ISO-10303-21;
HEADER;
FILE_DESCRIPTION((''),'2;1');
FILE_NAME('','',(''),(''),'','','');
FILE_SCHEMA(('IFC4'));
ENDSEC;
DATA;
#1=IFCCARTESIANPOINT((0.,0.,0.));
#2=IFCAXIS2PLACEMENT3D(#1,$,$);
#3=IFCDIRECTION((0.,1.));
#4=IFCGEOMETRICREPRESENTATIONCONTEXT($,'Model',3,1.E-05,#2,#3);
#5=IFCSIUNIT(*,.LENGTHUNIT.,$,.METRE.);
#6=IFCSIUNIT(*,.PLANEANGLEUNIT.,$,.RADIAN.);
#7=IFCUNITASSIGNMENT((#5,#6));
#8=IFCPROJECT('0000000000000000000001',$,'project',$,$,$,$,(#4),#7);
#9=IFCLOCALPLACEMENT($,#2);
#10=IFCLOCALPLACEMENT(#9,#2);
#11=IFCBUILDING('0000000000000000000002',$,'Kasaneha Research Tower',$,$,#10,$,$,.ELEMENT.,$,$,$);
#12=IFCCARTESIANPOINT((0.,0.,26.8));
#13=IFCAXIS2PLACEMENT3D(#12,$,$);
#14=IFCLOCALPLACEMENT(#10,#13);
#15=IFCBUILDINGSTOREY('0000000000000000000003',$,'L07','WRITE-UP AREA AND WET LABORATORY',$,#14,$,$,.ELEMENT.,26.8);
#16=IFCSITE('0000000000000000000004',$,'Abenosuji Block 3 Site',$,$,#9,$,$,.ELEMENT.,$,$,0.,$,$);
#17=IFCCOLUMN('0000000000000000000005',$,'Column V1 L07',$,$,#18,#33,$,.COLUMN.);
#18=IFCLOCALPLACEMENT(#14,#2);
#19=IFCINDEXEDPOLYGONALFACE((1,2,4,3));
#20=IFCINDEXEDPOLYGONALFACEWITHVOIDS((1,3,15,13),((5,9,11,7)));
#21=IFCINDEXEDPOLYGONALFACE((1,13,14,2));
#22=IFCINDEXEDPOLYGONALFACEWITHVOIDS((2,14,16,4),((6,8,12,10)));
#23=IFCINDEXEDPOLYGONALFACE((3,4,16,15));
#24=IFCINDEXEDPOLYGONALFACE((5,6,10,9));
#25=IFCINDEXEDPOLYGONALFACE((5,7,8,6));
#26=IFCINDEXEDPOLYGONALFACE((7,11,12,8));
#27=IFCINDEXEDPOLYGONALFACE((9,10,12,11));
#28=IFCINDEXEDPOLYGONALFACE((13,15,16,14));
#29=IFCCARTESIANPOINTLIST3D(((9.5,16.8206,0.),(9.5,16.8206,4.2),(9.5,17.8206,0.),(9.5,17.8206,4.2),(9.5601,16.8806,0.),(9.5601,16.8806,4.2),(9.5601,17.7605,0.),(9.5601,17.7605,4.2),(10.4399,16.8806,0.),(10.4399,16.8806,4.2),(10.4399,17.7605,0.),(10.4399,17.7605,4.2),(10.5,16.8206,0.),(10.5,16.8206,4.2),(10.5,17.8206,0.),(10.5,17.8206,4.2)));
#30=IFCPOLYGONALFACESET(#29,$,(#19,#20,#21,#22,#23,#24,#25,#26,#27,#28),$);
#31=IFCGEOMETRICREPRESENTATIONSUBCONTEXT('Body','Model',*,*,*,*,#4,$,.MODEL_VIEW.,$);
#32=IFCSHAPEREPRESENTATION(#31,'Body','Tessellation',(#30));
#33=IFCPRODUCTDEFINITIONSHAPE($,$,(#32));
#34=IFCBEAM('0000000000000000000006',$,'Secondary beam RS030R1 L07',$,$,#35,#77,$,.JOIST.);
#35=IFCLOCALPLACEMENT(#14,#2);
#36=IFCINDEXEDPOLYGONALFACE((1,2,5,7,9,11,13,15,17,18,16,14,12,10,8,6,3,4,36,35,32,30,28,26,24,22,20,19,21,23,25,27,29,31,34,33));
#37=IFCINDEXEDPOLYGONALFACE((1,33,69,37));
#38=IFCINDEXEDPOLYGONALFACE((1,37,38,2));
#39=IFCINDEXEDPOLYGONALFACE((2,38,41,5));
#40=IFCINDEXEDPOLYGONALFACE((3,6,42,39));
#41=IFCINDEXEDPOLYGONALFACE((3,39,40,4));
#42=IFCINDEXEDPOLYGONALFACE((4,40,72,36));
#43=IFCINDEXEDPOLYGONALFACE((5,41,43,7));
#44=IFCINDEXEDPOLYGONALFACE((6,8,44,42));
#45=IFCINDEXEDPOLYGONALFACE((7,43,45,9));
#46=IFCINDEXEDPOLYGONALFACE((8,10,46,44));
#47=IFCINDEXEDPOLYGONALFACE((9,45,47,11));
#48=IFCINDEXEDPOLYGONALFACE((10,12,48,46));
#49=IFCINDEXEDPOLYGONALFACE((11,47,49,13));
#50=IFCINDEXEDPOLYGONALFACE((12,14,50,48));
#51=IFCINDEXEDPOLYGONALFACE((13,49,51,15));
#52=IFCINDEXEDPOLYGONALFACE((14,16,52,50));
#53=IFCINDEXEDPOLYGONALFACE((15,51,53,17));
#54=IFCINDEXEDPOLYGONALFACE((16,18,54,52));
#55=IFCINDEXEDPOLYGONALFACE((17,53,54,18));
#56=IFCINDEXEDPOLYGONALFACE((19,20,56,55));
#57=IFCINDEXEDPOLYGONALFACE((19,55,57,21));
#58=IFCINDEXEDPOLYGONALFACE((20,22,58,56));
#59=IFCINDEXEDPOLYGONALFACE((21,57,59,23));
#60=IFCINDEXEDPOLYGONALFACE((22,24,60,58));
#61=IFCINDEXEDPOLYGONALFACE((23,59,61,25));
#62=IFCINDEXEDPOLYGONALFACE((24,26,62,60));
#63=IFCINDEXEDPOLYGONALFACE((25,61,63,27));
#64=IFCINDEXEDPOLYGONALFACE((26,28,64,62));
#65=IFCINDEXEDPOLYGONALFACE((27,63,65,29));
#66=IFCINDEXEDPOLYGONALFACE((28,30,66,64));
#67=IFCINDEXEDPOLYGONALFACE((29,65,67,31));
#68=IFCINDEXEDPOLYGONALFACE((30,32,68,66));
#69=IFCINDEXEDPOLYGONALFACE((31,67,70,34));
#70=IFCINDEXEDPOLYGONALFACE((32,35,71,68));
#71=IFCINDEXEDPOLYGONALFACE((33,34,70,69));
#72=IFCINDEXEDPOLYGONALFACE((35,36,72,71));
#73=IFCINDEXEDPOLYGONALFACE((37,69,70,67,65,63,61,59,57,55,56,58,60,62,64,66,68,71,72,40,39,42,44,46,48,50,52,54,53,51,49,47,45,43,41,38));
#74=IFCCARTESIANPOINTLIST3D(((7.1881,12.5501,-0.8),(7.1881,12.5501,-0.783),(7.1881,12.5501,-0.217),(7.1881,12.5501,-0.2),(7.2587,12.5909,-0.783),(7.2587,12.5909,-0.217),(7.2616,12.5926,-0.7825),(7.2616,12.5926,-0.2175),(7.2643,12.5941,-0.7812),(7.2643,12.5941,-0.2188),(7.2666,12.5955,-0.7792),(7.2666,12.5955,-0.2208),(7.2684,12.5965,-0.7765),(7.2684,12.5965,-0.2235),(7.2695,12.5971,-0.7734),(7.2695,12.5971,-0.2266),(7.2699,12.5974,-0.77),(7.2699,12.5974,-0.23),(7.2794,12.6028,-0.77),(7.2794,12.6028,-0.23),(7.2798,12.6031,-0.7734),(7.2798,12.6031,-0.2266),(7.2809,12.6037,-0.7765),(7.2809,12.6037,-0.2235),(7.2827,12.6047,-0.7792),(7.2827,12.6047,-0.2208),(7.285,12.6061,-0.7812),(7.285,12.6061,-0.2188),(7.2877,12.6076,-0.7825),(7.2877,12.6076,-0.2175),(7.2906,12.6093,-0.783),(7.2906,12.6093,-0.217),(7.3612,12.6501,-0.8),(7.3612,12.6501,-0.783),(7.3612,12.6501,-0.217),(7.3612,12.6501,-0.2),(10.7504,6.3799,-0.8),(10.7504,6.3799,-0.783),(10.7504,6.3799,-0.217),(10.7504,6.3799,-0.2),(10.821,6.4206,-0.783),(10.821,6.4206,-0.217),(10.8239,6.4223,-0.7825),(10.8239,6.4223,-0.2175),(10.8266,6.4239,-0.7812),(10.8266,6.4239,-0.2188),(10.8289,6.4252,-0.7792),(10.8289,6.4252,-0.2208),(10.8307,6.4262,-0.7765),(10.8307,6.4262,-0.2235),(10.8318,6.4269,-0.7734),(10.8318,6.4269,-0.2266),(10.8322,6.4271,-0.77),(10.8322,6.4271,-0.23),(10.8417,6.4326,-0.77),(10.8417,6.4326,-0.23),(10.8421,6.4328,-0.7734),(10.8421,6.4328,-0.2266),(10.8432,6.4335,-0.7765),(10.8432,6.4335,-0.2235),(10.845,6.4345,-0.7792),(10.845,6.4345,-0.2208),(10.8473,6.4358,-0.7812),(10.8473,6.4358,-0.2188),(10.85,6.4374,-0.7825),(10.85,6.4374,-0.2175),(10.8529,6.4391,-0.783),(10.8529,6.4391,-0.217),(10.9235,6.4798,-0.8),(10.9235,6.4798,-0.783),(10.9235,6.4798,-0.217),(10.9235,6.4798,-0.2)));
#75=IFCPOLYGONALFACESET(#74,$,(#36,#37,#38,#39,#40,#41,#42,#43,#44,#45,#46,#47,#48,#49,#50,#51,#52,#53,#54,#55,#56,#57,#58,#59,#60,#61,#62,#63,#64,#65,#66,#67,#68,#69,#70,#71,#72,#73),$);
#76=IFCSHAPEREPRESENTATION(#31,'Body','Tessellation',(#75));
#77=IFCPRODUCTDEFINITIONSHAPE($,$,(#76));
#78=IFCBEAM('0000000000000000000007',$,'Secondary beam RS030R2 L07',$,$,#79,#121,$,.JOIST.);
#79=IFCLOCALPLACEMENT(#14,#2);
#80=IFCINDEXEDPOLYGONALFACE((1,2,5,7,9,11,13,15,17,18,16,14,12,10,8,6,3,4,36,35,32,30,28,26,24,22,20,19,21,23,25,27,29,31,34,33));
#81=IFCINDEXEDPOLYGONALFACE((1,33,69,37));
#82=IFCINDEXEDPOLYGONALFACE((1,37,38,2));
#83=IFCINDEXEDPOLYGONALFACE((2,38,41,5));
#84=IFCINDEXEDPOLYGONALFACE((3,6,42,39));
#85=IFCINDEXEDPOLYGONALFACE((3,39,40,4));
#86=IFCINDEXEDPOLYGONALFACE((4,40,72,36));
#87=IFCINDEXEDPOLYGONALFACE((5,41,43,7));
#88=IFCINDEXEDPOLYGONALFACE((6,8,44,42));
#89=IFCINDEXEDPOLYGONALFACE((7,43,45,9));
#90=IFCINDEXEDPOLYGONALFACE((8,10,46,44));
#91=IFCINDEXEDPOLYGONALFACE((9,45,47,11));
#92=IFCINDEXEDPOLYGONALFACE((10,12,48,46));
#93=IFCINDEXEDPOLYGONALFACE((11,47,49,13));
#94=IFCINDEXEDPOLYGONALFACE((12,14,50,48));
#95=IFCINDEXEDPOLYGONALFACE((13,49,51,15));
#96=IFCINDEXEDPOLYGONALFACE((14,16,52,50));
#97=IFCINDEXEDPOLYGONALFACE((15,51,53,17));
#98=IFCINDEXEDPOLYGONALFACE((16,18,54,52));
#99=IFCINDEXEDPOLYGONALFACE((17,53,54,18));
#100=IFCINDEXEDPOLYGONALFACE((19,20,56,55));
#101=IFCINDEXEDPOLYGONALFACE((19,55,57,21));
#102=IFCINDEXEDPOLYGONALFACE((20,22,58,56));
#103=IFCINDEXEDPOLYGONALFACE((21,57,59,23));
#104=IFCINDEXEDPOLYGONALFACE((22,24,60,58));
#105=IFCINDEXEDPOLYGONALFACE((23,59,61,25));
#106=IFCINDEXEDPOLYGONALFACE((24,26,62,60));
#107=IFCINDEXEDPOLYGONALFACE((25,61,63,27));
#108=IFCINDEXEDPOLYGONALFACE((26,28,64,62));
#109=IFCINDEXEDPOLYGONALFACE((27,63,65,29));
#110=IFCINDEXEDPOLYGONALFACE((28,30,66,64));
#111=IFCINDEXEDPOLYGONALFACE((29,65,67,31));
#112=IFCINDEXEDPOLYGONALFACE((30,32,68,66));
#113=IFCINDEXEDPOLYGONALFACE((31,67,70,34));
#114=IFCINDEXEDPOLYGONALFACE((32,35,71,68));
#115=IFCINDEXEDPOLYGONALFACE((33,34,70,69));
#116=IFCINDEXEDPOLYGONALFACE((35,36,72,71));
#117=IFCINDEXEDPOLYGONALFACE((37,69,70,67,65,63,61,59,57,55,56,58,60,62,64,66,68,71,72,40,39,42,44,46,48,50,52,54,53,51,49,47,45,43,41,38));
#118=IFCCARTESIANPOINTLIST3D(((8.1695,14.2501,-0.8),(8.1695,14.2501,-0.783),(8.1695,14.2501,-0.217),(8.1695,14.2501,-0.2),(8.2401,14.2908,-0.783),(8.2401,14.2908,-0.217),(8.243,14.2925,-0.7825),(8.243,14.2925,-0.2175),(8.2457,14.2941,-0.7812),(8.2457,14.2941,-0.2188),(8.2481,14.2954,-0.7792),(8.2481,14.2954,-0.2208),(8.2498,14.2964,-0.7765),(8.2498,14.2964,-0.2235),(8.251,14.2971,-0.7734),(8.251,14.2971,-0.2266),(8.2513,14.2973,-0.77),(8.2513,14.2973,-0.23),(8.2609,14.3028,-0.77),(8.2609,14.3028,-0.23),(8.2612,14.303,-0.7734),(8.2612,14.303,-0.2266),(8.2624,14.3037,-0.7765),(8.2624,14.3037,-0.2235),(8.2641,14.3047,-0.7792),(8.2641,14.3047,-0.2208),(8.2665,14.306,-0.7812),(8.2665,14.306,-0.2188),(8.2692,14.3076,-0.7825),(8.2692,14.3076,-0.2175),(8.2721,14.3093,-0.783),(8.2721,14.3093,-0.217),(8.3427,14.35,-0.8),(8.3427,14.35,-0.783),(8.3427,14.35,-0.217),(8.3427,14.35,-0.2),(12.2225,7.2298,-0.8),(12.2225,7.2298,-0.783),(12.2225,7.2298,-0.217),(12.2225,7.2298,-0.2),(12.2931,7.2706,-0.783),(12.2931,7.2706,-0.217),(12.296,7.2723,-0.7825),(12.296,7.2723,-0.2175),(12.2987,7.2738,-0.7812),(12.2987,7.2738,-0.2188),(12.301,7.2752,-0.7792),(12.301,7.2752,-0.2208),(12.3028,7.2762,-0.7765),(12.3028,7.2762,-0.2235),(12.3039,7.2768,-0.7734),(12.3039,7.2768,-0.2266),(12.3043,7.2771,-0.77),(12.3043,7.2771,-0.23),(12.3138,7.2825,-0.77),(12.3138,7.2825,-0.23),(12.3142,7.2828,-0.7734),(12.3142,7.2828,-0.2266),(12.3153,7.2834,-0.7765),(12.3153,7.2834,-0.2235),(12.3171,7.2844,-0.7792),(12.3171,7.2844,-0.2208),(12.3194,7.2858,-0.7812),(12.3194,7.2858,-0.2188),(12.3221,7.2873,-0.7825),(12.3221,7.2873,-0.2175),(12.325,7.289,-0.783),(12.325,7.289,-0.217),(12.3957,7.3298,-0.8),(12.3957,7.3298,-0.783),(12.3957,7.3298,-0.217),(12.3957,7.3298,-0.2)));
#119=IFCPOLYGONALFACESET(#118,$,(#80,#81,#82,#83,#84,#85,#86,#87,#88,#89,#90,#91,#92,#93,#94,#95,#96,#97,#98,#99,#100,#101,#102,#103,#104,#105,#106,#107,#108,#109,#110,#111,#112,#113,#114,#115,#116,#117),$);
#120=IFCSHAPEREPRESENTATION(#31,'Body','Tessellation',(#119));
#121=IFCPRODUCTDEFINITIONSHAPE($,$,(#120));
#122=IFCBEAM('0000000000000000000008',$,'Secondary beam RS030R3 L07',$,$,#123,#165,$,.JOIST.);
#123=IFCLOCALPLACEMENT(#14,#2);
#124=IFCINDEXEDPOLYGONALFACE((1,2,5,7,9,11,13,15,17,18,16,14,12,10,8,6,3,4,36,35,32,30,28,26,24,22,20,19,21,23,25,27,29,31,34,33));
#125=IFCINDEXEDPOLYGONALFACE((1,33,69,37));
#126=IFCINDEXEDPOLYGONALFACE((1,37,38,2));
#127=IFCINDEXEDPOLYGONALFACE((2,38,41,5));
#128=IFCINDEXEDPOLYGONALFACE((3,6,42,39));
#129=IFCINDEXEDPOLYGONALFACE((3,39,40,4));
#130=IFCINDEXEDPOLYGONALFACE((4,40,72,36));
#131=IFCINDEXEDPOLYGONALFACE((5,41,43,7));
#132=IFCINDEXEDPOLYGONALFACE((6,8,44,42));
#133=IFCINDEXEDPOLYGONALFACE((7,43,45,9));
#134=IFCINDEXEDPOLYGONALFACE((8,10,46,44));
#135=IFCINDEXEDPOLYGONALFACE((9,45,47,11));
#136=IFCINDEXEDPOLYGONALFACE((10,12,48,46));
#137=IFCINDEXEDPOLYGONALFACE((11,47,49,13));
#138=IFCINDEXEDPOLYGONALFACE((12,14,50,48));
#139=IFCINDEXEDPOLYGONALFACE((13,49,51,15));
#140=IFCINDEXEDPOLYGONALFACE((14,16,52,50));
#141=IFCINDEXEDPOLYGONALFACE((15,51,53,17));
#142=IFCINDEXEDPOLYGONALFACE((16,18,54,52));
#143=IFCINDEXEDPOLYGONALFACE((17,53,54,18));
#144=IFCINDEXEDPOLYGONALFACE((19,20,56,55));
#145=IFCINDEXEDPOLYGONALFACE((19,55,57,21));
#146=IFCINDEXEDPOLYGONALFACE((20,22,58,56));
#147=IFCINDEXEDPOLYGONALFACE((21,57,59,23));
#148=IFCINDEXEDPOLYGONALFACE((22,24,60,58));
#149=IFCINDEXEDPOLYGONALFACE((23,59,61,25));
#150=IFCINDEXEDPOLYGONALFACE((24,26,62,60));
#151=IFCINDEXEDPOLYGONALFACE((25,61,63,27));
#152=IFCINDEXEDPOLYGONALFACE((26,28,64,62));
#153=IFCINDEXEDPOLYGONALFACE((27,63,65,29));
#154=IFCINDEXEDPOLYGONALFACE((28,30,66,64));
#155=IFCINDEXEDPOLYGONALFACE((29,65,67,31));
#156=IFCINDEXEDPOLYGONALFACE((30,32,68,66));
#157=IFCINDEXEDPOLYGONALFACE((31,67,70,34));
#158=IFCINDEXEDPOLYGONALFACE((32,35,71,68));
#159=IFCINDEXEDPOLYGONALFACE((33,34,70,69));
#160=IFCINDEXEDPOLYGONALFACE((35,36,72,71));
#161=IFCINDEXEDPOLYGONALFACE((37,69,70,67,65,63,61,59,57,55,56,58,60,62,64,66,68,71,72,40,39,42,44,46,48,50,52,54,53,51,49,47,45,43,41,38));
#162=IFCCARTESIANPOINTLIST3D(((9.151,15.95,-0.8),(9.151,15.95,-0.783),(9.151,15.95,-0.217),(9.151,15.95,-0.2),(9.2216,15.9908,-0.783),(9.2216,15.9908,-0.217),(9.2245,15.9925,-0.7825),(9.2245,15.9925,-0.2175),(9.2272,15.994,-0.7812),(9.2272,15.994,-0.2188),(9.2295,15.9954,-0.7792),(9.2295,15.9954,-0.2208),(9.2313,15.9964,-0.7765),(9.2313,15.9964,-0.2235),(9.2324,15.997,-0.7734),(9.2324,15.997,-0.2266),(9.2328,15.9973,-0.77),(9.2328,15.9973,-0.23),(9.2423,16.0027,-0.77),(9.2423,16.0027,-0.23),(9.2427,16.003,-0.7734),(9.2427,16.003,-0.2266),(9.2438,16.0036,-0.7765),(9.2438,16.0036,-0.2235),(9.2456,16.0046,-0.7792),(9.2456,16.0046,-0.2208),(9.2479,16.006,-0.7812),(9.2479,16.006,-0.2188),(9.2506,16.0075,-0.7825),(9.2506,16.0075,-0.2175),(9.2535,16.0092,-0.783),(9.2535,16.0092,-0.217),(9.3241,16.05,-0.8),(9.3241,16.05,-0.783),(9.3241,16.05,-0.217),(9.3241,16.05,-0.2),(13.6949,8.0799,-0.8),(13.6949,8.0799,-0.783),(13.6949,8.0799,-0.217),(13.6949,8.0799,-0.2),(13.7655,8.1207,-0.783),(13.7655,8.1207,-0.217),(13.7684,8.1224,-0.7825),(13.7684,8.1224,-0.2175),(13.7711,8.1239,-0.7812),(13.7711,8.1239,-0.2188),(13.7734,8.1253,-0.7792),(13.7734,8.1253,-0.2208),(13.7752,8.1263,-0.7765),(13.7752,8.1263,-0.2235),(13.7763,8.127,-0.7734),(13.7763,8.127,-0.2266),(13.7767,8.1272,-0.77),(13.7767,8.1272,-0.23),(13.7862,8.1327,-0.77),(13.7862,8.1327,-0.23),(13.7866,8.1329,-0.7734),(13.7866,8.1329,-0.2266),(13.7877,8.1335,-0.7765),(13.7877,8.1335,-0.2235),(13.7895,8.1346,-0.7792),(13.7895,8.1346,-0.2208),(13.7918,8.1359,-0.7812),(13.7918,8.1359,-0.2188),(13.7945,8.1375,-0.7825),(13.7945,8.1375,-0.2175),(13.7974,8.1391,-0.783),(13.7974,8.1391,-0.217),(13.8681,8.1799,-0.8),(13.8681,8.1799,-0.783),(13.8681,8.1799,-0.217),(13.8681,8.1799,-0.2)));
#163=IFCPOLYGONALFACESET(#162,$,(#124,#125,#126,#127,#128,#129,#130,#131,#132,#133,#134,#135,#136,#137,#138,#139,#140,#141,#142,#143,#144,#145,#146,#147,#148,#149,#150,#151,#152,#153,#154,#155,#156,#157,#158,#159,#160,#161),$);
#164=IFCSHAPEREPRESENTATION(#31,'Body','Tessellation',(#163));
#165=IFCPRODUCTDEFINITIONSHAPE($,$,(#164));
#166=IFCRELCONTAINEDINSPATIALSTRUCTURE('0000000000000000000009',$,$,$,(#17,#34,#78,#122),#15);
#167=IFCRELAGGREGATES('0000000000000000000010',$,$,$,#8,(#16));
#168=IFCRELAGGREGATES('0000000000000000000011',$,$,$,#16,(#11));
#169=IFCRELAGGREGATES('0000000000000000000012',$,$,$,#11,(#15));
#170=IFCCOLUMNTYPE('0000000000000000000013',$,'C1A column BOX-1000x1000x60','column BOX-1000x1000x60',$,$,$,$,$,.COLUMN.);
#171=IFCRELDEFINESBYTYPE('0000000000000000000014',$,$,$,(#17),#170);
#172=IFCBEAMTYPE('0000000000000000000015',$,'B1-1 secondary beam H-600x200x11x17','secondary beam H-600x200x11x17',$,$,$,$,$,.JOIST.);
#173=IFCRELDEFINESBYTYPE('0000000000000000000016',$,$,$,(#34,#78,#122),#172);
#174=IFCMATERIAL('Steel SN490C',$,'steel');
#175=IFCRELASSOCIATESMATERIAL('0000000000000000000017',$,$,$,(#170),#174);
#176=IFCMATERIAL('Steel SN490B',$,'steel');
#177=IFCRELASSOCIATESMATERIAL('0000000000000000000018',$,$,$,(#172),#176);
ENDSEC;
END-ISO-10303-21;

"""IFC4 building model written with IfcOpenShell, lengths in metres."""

from ifc_helpers import new_model, si_unit, direction, frame, origin, origin_2d, place, context, subcontext, project, spatial, hollow_rectangle, i_section, extrude, material, material_profile, profile_set, type_object, element, save


model = new_model("IFC4")

# Units and contexts
model_context = context("Model", 3, precision=1e-05, world=origin(), true_north=direction((0.0, 1.0)))
body_context = subcontext(model_context, "Body", "Model", "MODEL_VIEW")
ifc_project = project(units=[si_unit("LENGTHUNIT", "METRE"), si_unit("PLANEANGLEUNIT", "RADIAN")], contexts=[model_context])

# Site, building, storey
site_placement = place(None, origin())
site = spatial("IfcSite", under=ifc_project, at=site_placement, Name="Abenosuji Block 3 Site", CompositionType="ELEMENT", RefElevation=0.0)
building_placement = place(site_placement, origin())
building = spatial("IfcBuilding", under=site, at=building_placement, Name="Kasaneha Research Tower", CompositionType="ELEMENT")
storey_placement = place(building_placement, frame((0.0, 0.0, 26.8)))
storey = spatial("IfcBuildingStorey", under=building, at=storey_placement, Name="L07", Description="WRITE-UP AREA AND WET LABORATORY", CompositionType="ELEMENT", Elevation=26.8)

# Column
ifc_material_1 = material(Name="Steel SN490C", Category="steel")
ifc_material_profile_1 = material_profile(ifc_material_1, hollow_rectangle(XDim=1.0, YDim=1.0, WallThickness=0.0601, at=origin_2d()), Name="BOX-1000x1000x60")
ifc_profile_set_1 = profile_set([ifc_material_profile_1], Name="Steel SN490C")
column_type = type_object("IfcColumnType", Name="C1A column BOX-1000x1000x60", Description="column BOX-1000x1000x60", PredefinedType="COLUMN", material=ifc_profile_set_1)
column_placement = place(storey_placement, frame((10.0, 17.3206, 0.0), z_axis=(0.0, 0.0, 1.0), x_axis=(1.0, 0.0, 0.0)))
element("IfcColumn", 1, at=column_placement, inside=storey, type_object=column_type, Name="Column V1 L07", PredefinedType="COLUMN", context=body_context, shape_type="SweptSolid", body=[
    extrude(hollow_rectangle(XDim=1.0, YDim=1.0, WallThickness=0.0601, at=origin_2d()), origin(), (0.0, 0.0, 1.0), 4.2),
])

# Beams
ifc_material_2 = material(Name="Steel SN490B", Category="steel")
ifc_material_profile_2 = material_profile(ifc_material_2, i_section(OverallWidth=0.2, OverallDepth=0.6001, WebThickness=0.011, FlangeThickness=0.0171, FilletRadius=0.0129, at=origin_2d()), Name="H-600x200x11x17")
ifc_profile_set_2 = profile_set([ifc_material_profile_2], Name="Steel SN490B")
beam_type_1 = type_object("IfcBeamType", Name="B1-1 secondary beam H-600x200x11x17", Description="secondary beam H-600x200x11x17", PredefinedType="JOIST", material=ifc_profile_set_2)
beam_1_placement = place(storey_placement, frame((7.2747, 12.6001, -0.5), z_axis=(0.49999, -0.866031, 0.0), x_axis=(0.866031, 0.49999, 0.0)))
element("IfcBeam", 2, at=beam_1_placement, inside=storey, type_object=beam_type_1, Name="Secondary beam RS030R1 L07", PredefinedType="JOIST", context=body_context, shape_type="SweptSolid", body=[
    extrude(i_section(OverallWidth=0.2, OverallDepth=0.6001, WebThickness=0.011, FlangeThickness=0.0171, FilletRadius=0.0129, at=origin_2d()), origin(), (0.0, 0.0, 1.0), 7.1248),
])
beam_2_placement = place(storey_placement, frame((8.2561, 14.3, -0.5), z_axis=(0.499984, -0.866035, 0.0), x_axis=(0.866035, 0.499984, 0.0)))
element("IfcBeam", 3, at=beam_2_placement, inside=storey, type_object=beam_type_1, Name="Secondary beam RS030R2 L07", PredefinedType="JOIST", context=body_context, shape_type="SweptSolid", body=[
    extrude(i_section(OverallWidth=0.2, OverallDepth=0.6001, WebThickness=0.011, FlangeThickness=0.0171, FilletRadius=0.0129, at=origin_2d()), origin(), (0.0, 0.0, 1.0), 8.1062),
])
beam_3_placement = place(storey_placement, frame((9.2375, 16.0, -0.5), z_axis=(0.500011, -0.866019, 0.0), x_axis=(0.866019, 0.500011, 0.0)))
element("IfcBeam", 4, at=beam_3_placement, inside=storey, type_object=beam_type_1, Name="Secondary beam RS030R3 L07", PredefinedType="JOIST", context=body_context, shape_type="SweptSolid", body=[
    extrude(i_section(OverallWidth=0.2, OverallDepth=0.6001, WebThickness=0.011, FlangeThickness=0.0171, FilletRadius=0.0129, at=origin_2d()), origin(), (0.0, 0.0, 1.0), 9.0876),
])

save(model, "model.ifc")
